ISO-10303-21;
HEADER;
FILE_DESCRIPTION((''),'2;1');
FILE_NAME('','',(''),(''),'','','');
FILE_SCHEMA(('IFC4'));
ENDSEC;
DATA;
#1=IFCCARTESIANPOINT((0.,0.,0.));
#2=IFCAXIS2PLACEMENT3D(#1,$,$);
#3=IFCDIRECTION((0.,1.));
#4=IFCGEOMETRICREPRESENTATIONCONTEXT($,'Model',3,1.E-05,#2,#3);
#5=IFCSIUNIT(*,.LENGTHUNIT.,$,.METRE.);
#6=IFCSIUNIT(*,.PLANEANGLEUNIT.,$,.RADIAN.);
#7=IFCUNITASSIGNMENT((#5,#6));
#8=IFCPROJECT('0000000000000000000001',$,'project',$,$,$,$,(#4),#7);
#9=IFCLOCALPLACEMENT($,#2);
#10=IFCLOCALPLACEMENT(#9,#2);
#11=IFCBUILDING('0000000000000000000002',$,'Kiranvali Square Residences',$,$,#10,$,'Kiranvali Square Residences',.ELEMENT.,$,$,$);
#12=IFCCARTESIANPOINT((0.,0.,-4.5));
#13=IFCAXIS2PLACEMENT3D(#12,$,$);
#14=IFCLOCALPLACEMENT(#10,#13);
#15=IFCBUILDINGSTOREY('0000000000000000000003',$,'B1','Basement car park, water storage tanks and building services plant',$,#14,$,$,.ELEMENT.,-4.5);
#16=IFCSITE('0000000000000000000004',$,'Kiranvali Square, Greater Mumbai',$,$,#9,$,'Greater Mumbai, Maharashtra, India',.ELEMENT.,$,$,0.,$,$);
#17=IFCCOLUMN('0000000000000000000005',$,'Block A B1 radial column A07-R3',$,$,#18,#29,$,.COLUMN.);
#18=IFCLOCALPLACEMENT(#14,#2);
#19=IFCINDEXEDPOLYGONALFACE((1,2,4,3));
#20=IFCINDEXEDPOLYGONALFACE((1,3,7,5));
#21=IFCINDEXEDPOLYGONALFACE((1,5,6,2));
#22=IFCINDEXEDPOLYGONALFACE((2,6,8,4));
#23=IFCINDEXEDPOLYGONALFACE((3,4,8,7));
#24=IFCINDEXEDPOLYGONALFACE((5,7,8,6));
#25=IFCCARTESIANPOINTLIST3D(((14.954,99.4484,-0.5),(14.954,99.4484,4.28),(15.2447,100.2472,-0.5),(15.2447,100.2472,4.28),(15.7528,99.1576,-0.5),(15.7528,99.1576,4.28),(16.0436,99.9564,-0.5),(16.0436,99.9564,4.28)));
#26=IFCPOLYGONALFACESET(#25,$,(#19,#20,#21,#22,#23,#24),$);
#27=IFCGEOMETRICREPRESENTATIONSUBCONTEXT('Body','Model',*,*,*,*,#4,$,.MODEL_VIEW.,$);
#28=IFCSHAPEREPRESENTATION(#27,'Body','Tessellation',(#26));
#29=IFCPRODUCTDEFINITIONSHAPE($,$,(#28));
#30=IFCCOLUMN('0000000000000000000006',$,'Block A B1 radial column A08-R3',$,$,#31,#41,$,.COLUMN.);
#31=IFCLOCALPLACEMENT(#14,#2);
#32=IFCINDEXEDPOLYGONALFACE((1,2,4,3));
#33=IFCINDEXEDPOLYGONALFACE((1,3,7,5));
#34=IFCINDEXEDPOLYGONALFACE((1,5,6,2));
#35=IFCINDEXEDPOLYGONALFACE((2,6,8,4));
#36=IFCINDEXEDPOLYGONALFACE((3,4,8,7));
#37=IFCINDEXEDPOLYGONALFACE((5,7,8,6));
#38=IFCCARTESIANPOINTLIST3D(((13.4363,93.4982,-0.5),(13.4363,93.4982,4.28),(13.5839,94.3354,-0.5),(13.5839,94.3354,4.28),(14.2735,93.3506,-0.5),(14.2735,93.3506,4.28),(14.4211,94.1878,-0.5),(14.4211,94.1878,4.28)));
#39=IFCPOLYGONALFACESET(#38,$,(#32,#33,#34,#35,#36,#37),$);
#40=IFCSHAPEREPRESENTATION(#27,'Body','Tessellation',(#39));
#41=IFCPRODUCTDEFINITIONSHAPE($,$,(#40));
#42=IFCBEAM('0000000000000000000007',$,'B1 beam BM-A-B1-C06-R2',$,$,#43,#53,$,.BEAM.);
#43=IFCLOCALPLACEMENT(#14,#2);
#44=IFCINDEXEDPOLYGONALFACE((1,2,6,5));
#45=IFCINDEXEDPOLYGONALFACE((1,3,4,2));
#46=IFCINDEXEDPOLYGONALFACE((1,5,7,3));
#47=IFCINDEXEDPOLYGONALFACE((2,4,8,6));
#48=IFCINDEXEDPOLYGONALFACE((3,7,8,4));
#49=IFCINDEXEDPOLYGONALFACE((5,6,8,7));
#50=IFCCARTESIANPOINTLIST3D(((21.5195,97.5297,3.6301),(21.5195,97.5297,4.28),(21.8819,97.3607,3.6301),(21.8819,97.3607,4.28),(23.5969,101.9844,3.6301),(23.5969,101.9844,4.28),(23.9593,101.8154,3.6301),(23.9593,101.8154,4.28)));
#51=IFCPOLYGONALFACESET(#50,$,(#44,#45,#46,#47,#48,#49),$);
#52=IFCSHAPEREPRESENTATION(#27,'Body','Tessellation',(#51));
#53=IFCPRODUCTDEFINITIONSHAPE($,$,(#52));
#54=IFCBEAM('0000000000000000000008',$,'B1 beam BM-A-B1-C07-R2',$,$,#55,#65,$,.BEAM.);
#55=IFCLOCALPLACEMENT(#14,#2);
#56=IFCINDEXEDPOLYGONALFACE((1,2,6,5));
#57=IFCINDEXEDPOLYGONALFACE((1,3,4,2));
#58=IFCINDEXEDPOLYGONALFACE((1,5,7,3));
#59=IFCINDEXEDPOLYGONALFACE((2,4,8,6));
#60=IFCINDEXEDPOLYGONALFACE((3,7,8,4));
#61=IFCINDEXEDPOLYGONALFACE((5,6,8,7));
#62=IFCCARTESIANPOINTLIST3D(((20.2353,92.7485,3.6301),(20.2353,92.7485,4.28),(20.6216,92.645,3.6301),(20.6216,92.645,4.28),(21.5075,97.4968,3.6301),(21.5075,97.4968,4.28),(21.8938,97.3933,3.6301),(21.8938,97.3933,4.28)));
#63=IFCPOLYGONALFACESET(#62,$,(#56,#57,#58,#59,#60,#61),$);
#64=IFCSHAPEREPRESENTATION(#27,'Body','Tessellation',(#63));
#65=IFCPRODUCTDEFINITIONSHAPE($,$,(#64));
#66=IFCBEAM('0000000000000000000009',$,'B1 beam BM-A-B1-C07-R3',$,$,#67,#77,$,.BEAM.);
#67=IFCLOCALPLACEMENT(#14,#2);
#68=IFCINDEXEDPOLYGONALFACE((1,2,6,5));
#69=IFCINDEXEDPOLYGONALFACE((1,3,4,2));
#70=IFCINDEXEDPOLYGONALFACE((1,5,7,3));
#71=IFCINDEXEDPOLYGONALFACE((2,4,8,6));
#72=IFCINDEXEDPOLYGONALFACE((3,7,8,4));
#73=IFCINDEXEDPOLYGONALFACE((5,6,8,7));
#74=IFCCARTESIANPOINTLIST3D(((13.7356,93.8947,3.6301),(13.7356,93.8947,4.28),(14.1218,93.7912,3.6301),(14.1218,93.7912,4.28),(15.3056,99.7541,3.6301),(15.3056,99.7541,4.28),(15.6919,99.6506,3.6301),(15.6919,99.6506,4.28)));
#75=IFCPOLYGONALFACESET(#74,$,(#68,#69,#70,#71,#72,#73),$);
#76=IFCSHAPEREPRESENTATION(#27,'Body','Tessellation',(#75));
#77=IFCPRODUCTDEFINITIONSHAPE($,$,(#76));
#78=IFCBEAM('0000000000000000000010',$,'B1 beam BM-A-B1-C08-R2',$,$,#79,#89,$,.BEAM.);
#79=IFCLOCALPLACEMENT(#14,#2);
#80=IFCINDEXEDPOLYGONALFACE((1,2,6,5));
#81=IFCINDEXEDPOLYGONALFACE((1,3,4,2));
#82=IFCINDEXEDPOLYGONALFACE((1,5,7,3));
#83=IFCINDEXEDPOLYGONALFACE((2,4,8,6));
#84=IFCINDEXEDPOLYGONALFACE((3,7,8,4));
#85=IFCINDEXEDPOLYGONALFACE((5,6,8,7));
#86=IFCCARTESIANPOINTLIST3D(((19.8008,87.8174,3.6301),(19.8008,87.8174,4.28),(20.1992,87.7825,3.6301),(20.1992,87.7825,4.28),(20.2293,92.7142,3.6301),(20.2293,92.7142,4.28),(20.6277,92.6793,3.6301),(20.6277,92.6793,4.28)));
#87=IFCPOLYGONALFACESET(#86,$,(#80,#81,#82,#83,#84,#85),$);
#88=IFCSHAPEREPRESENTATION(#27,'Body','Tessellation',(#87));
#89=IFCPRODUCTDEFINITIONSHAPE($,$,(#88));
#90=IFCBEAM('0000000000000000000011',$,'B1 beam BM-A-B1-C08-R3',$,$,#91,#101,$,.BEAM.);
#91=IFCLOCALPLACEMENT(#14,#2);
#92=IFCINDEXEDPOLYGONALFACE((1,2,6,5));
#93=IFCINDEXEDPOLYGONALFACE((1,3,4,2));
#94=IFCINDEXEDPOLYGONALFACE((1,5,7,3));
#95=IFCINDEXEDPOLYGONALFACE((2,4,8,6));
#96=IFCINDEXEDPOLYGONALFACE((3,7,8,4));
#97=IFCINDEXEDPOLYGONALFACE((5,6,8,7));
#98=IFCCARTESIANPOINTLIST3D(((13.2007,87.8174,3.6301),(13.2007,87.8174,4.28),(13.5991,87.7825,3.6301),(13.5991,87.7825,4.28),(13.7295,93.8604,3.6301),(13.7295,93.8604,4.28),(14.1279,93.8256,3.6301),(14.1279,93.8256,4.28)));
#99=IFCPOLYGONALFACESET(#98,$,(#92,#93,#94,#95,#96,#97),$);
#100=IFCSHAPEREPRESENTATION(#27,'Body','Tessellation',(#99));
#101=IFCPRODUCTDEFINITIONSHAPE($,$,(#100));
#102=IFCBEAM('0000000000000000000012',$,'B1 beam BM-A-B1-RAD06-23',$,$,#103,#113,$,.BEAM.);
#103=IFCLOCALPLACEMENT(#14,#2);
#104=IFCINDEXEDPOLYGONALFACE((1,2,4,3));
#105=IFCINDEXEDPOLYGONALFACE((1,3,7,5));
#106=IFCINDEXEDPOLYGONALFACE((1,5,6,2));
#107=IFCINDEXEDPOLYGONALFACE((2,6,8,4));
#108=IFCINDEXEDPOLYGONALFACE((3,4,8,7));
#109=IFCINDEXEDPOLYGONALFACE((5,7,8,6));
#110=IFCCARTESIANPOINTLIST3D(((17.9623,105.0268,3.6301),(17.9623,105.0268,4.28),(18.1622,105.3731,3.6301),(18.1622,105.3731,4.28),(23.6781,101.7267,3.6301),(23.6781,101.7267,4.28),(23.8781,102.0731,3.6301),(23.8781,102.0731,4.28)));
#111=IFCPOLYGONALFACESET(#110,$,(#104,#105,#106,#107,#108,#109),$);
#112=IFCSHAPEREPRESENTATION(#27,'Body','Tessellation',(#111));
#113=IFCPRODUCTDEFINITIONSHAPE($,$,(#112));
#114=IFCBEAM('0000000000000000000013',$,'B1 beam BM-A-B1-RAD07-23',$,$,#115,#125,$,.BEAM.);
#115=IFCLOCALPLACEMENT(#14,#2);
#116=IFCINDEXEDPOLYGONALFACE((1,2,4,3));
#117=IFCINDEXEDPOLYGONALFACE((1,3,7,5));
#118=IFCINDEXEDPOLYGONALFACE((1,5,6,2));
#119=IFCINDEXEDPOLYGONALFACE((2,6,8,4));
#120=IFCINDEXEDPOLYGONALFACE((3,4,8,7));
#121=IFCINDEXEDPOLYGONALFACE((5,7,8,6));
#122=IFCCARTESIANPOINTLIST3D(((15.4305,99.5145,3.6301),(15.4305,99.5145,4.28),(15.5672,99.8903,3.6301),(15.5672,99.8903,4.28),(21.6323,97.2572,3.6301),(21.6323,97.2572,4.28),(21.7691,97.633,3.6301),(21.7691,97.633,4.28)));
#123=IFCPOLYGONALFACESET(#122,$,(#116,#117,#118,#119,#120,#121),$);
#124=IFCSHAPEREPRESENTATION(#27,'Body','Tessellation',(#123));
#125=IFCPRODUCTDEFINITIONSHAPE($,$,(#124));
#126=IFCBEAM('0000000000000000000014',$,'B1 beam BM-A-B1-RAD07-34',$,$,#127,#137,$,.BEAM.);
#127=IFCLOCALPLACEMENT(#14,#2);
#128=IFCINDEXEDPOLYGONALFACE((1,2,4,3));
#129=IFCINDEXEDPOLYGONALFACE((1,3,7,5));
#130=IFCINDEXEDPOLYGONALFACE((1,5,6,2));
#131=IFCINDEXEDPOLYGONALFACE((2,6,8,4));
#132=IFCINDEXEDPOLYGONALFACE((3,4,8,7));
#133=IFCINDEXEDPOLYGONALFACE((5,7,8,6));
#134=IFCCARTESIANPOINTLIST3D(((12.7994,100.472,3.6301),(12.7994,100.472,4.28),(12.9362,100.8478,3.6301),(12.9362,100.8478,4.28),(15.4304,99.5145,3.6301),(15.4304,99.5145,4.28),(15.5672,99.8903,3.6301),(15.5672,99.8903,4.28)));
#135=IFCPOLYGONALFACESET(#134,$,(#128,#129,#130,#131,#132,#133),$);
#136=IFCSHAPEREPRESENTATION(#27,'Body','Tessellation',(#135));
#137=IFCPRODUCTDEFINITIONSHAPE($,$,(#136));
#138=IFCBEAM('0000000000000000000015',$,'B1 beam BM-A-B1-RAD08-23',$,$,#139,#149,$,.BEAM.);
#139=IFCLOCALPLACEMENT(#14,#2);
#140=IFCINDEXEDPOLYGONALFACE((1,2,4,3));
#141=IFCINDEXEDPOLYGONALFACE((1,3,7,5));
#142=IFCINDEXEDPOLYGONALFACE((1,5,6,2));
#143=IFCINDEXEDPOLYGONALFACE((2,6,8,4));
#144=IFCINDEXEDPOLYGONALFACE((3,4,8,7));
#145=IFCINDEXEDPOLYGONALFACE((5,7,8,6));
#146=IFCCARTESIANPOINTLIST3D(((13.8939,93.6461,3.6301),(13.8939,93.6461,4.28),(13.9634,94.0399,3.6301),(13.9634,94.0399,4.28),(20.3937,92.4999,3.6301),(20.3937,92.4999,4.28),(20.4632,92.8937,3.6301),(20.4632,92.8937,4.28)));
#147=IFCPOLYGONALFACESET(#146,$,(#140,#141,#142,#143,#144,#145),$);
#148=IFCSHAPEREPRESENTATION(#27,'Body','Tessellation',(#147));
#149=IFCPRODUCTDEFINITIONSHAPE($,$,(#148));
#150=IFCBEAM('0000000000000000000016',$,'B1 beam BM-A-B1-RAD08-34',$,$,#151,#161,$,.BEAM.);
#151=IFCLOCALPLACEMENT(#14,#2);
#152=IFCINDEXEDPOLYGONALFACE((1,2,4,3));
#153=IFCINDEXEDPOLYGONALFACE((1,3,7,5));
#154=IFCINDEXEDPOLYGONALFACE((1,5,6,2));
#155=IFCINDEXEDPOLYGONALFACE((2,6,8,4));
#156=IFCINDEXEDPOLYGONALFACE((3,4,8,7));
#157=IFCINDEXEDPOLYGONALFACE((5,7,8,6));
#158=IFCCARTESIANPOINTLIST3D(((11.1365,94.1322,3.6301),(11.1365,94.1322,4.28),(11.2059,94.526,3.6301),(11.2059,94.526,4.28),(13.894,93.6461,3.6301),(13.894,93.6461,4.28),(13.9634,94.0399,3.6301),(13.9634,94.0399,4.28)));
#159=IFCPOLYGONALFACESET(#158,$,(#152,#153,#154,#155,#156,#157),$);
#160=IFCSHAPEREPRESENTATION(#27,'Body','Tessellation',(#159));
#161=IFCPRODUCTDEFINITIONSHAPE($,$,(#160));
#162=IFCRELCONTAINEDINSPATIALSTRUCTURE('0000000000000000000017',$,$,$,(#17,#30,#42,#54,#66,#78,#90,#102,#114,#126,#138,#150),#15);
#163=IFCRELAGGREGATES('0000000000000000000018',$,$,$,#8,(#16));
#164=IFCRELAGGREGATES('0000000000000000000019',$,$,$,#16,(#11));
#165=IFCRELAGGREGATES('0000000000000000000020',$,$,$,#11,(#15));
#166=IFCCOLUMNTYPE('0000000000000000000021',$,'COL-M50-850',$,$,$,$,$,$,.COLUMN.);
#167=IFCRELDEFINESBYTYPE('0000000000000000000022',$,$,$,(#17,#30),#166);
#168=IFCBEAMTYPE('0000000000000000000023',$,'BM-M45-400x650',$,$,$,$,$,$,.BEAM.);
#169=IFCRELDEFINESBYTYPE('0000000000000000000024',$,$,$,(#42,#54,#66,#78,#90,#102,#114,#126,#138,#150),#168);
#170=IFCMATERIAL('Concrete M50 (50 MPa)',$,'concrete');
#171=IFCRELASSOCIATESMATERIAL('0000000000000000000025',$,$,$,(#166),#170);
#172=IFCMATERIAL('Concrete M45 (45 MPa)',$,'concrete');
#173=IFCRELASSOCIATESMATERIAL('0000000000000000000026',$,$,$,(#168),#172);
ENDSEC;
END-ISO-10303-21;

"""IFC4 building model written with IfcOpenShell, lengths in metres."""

from ifc_helpers import new_model, si_unit, direction, frame, origin, origin_2d, place, context, subcontext, project, spatial, rectangle, extrude, material, material_profile, profile_set, type_object, element, save


model = new_model("IFC4")

# Units and contexts
model_context = context("Model", 3, precision=1e-05, world=origin(), true_north=direction((0.0, 1.0)))
body_context = subcontext(model_context, "Body", "Model", "MODEL_VIEW")
ifc_project = project(units=[si_unit("LENGTHUNIT", "METRE"), si_unit("PLANEANGLEUNIT", "RADIAN")], contexts=[model_context])

# Site, building, storey
site_placement = place(None, origin())
site = spatial("IfcSite", under=ifc_project, at=site_placement, Name="Kiranvali Square, Greater Mumbai", LongName="Greater Mumbai, Maharashtra, India", CompositionType="ELEMENT", RefElevation=0.0)
building_placement = place(site_placement, origin())
building = spatial("IfcBuilding", under=site, at=building_placement, Name="Kiranvali Square Residences", LongName="Kiranvali Square Residences", CompositionType="ELEMENT")
storey_placement = place(building_placement, frame((0.0, 0.0, -4.5)))
storey = spatial("IfcBuildingStorey", under=building, at=storey_placement, Name="B1", Description="Basement car park, water storage tanks and building services plant", CompositionType="ELEMENT", Elevation=-4.5)

# Columns
ifc_material_1 = material(Name="Concrete M45 (45 MPa)", Category="concrete")
ifc_material_2 = material(Name="Concrete M50 (50 MPa)", Category="concrete")
ifc_material_profile_1 = material_profile(ifc_material_2, rectangle(XDim=0.8501, YDim=0.8501, at=origin_2d()), Name="RC 850x850")
ifc_profile_set_1 = profile_set([ifc_material_profile_1], Name="Concrete M50 (50 MPa)")
column_type_1 = type_object("IfcColumnType", Name="COL-M50-850", PredefinedType="COLUMN", material=ifc_profile_set_1)
for number, where, z_axis, x_axis, name in (
    (1, (15.4988, 99.7024, -0.5), (0.0, 0.0, 1.0), (0.34202, 0.939693, 0.0), "Block A B1 radial column A07-R3"),
    (2, (13.9287, 93.843, -0.5), (0.0, 0.0, 1.0), (0.173648, 0.984808, 0.0), "Block A B1 radial column A08-R3"),
):
    element("IfcColumn", number, at=place(storey_placement, frame(where, z_axis=z_axis, x_axis=x_axis)), inside=storey, type_object=column_type_1, Name=name, PredefinedType="COLUMN", context=body_context, shape_type="SweptSolid", body=[
        extrude(rectangle(XDim=0.8501, YDim=0.8501, at=origin_2d()), origin(), (0.0, 0.0, 1.0), 4.78),
    ])

# Beams
ifc_material_profile_2 = material_profile(ifc_material_1, rectangle(XDim=0.3999, YDim=0.6499, at=origin_2d()), Name="RC 400x650")
ifc_profile_set_2 = profile_set([ifc_material_profile_2], Name="Concrete M45 (45 MPa)")
beam_type = type_object("IfcBeamType", Name="BM-M45-400x650", PredefinedType="BEAM", material=ifc_profile_set_2)
beam_1_placement = place(storey_placement, frame((23.7781, 101.8999, 3.9551), z_axis=(-0.42263, -0.906302, 0.0), x_axis=(0.906302, -0.42263, 0.0)))
element("IfcBeam", 3, at=beam_1_placement, inside=storey, type_object=beam_type, Name="B1 beam BM-A-B1-C06-R2", PredefinedType="BEAM", context=body_context, shape_type="SweptSolid", body=[
    extrude(rectangle(XDim=0.3999, YDim=0.6499, at=origin_2d()), origin(), (0.0, 0.0, 1.0), 4.9153),
])
beam_2_placement = place(storey_placement, frame((21.7007, 97.4451, 3.9551), z_axis=(-0.258803, -0.96593, 0.0), x_axis=(0.96593, -0.258803, 0.0)))
element("IfcBeam", 4, at=beam_2_placement, inside=storey, type_object=beam_type, Name="B1 beam BM-A-B1-C07-R2", PredefinedType="BEAM", context=body_context, shape_type="SweptSolid", body=[
    extrude(rectangle(XDim=0.3999, YDim=0.6499, at=origin_2d()), origin(), (0.0, 0.0, 1.0), 4.9158),
])
beam_3_placement = place(storey_placement, frame((15.4988, 99.7024, 3.9551), z_axis=(-0.258827, -0.965924, 0.0), x_axis=(0.965924, -0.258827, 0.0)))
element("IfcBeam", 5, at=beam_3_placement, inside=storey, type_object=beam_type, Name="B1 beam BM-A-B1-C07-R3", PredefinedType="BEAM", context=body_context, shape_type="SweptSolid", body=[
    extrude(rectangle(XDim=0.3999, YDim=0.6499, at=origin_2d()), origin(), (0.0, 0.0, 1.0), 6.0662),
])
beam_4_placement = place(storey_placement, frame((20.4285, 92.6968, 3.9551), z_axis=(-0.087168, -0.996194, 0.0), x_axis=(0.996194, -0.087168, 0.0)))
element("IfcBeam", 6, at=beam_4_placement, inside=storey, type_object=beam_type, Name="B1 beam BM-A-B1-C08-R2", PredefinedType="BEAM", context=body_context, shape_type="SweptSolid", body=[
    extrude(rectangle(XDim=0.3999, YDim=0.6499, at=origin_2d()), origin(), (0.0, 0.0, 1.0), 4.9155),
])
beam_5_placement = place(storey_placement, frame((13.9287, 93.843, 3.9551), z_axis=(-0.087175, -0.996193, 0.0), x_axis=(0.996193, -0.087175, 0.0)))
element("IfcBeam", 7, at=beam_5_placement, inside=storey, type_object=beam_type, Name="B1 beam BM-A-B1-C08-R3", PredefinedType="BEAM", context=body_context, shape_type="SweptSolid", body=[
    extrude(rectangle(XDim=0.3999, YDim=0.6499, at=origin_2d()), origin(), (0.0, 0.0, 1.0), 6.0662),
])
beam_6_placement = place(storey_placement, frame((23.7781, 101.8999, 3.9551), z_axis=(-0.866024, 0.500002, 0.0), x_axis=(-0.500002, -0.866024, 0.0)))
element("IfcBeam", 8, at=beam_6_placement, inside=storey, type_object=beam_type, Name="B1 beam BM-A-B1-RAD06-23", PredefinedType="BEAM", context=body_context, shape_type="SweptSolid", body=[
    extrude(rectangle(XDim=0.3999, YDim=0.6499, at=origin_2d()), origin(), (0.0, 0.0, 1.0), 6.6001),
])
beam_7_placement = place(storey_placement, frame((21.7007, 97.4451, 3.9551), z_axis=(-0.939692, 0.342022, 0.0), x_axis=(-0.342022, -0.939692, 0.0)))
element("IfcBeam", 9, at=beam_7_placement, inside=storey, type_object=beam_type, Name="B1 beam BM-A-B1-RAD07-23", PredefinedType="BEAM", context=body_context, shape_type="SweptSolid", body=[
    extrude(rectangle(XDim=0.3999, YDim=0.6499, at=origin_2d()), origin(), (0.0, 0.0, 1.0), 6.5999),
])
beam_8_placement = place(storey_placement, frame((15.4988, 99.7024, 3.9551), z_axis=(-0.939707, 0.341981, 0.0), x_axis=(-0.341981, -0.939707, 0.0)))
element("IfcBeam", 10, at=beam_8_placement, inside=storey, type_object=beam_type, Name="B1 beam BM-A-B1-RAD07-34", PredefinedType="BEAM", context=body_context, shape_type="SweptSolid", body=[
    extrude(rectangle(XDim=0.3999, YDim=0.6499, at=origin_2d()), origin(), (0.0, 0.0, 1.0), 2.7998),
])
beam_9_placement = place(storey_placement, frame((20.4285, 92.6968, 3.9551), z_axis=(-0.984804, 0.173671, 0.0), x_axis=(-0.173671, -0.984804, 0.0)))
element("IfcBeam", 11, at=beam_9_placement, inside=storey, type_object=beam_type, Name="B1 beam BM-A-B1-RAD08-23", PredefinedType="BEAM", context=body_context, shape_type="SweptSolid", body=[
    extrude(rectangle(XDim=0.3999, YDim=0.6499, at=origin_2d()), origin(), (0.0, 0.0, 1.0), 6.6001),
])
beam_10_placement = place(storey_placement, frame((13.9287, 93.843, 3.9551), z_axis=(-0.984817, 0.173596, 0.0), x_axis=(-0.173596, -0.984817, 0.0)))
element("IfcBeam", 12, at=beam_10_placement, inside=storey, type_object=beam_type, Name="B1 beam BM-A-B1-RAD08-34", PredefinedType="BEAM", context=body_context, shape_type="SweptSolid", body=[
    extrude(rectangle(XDim=0.3999, YDim=0.6499, at=origin_2d()), origin(), (0.0, 0.0, 1.0), 2.8),
])

save(model, "model.ifc")
